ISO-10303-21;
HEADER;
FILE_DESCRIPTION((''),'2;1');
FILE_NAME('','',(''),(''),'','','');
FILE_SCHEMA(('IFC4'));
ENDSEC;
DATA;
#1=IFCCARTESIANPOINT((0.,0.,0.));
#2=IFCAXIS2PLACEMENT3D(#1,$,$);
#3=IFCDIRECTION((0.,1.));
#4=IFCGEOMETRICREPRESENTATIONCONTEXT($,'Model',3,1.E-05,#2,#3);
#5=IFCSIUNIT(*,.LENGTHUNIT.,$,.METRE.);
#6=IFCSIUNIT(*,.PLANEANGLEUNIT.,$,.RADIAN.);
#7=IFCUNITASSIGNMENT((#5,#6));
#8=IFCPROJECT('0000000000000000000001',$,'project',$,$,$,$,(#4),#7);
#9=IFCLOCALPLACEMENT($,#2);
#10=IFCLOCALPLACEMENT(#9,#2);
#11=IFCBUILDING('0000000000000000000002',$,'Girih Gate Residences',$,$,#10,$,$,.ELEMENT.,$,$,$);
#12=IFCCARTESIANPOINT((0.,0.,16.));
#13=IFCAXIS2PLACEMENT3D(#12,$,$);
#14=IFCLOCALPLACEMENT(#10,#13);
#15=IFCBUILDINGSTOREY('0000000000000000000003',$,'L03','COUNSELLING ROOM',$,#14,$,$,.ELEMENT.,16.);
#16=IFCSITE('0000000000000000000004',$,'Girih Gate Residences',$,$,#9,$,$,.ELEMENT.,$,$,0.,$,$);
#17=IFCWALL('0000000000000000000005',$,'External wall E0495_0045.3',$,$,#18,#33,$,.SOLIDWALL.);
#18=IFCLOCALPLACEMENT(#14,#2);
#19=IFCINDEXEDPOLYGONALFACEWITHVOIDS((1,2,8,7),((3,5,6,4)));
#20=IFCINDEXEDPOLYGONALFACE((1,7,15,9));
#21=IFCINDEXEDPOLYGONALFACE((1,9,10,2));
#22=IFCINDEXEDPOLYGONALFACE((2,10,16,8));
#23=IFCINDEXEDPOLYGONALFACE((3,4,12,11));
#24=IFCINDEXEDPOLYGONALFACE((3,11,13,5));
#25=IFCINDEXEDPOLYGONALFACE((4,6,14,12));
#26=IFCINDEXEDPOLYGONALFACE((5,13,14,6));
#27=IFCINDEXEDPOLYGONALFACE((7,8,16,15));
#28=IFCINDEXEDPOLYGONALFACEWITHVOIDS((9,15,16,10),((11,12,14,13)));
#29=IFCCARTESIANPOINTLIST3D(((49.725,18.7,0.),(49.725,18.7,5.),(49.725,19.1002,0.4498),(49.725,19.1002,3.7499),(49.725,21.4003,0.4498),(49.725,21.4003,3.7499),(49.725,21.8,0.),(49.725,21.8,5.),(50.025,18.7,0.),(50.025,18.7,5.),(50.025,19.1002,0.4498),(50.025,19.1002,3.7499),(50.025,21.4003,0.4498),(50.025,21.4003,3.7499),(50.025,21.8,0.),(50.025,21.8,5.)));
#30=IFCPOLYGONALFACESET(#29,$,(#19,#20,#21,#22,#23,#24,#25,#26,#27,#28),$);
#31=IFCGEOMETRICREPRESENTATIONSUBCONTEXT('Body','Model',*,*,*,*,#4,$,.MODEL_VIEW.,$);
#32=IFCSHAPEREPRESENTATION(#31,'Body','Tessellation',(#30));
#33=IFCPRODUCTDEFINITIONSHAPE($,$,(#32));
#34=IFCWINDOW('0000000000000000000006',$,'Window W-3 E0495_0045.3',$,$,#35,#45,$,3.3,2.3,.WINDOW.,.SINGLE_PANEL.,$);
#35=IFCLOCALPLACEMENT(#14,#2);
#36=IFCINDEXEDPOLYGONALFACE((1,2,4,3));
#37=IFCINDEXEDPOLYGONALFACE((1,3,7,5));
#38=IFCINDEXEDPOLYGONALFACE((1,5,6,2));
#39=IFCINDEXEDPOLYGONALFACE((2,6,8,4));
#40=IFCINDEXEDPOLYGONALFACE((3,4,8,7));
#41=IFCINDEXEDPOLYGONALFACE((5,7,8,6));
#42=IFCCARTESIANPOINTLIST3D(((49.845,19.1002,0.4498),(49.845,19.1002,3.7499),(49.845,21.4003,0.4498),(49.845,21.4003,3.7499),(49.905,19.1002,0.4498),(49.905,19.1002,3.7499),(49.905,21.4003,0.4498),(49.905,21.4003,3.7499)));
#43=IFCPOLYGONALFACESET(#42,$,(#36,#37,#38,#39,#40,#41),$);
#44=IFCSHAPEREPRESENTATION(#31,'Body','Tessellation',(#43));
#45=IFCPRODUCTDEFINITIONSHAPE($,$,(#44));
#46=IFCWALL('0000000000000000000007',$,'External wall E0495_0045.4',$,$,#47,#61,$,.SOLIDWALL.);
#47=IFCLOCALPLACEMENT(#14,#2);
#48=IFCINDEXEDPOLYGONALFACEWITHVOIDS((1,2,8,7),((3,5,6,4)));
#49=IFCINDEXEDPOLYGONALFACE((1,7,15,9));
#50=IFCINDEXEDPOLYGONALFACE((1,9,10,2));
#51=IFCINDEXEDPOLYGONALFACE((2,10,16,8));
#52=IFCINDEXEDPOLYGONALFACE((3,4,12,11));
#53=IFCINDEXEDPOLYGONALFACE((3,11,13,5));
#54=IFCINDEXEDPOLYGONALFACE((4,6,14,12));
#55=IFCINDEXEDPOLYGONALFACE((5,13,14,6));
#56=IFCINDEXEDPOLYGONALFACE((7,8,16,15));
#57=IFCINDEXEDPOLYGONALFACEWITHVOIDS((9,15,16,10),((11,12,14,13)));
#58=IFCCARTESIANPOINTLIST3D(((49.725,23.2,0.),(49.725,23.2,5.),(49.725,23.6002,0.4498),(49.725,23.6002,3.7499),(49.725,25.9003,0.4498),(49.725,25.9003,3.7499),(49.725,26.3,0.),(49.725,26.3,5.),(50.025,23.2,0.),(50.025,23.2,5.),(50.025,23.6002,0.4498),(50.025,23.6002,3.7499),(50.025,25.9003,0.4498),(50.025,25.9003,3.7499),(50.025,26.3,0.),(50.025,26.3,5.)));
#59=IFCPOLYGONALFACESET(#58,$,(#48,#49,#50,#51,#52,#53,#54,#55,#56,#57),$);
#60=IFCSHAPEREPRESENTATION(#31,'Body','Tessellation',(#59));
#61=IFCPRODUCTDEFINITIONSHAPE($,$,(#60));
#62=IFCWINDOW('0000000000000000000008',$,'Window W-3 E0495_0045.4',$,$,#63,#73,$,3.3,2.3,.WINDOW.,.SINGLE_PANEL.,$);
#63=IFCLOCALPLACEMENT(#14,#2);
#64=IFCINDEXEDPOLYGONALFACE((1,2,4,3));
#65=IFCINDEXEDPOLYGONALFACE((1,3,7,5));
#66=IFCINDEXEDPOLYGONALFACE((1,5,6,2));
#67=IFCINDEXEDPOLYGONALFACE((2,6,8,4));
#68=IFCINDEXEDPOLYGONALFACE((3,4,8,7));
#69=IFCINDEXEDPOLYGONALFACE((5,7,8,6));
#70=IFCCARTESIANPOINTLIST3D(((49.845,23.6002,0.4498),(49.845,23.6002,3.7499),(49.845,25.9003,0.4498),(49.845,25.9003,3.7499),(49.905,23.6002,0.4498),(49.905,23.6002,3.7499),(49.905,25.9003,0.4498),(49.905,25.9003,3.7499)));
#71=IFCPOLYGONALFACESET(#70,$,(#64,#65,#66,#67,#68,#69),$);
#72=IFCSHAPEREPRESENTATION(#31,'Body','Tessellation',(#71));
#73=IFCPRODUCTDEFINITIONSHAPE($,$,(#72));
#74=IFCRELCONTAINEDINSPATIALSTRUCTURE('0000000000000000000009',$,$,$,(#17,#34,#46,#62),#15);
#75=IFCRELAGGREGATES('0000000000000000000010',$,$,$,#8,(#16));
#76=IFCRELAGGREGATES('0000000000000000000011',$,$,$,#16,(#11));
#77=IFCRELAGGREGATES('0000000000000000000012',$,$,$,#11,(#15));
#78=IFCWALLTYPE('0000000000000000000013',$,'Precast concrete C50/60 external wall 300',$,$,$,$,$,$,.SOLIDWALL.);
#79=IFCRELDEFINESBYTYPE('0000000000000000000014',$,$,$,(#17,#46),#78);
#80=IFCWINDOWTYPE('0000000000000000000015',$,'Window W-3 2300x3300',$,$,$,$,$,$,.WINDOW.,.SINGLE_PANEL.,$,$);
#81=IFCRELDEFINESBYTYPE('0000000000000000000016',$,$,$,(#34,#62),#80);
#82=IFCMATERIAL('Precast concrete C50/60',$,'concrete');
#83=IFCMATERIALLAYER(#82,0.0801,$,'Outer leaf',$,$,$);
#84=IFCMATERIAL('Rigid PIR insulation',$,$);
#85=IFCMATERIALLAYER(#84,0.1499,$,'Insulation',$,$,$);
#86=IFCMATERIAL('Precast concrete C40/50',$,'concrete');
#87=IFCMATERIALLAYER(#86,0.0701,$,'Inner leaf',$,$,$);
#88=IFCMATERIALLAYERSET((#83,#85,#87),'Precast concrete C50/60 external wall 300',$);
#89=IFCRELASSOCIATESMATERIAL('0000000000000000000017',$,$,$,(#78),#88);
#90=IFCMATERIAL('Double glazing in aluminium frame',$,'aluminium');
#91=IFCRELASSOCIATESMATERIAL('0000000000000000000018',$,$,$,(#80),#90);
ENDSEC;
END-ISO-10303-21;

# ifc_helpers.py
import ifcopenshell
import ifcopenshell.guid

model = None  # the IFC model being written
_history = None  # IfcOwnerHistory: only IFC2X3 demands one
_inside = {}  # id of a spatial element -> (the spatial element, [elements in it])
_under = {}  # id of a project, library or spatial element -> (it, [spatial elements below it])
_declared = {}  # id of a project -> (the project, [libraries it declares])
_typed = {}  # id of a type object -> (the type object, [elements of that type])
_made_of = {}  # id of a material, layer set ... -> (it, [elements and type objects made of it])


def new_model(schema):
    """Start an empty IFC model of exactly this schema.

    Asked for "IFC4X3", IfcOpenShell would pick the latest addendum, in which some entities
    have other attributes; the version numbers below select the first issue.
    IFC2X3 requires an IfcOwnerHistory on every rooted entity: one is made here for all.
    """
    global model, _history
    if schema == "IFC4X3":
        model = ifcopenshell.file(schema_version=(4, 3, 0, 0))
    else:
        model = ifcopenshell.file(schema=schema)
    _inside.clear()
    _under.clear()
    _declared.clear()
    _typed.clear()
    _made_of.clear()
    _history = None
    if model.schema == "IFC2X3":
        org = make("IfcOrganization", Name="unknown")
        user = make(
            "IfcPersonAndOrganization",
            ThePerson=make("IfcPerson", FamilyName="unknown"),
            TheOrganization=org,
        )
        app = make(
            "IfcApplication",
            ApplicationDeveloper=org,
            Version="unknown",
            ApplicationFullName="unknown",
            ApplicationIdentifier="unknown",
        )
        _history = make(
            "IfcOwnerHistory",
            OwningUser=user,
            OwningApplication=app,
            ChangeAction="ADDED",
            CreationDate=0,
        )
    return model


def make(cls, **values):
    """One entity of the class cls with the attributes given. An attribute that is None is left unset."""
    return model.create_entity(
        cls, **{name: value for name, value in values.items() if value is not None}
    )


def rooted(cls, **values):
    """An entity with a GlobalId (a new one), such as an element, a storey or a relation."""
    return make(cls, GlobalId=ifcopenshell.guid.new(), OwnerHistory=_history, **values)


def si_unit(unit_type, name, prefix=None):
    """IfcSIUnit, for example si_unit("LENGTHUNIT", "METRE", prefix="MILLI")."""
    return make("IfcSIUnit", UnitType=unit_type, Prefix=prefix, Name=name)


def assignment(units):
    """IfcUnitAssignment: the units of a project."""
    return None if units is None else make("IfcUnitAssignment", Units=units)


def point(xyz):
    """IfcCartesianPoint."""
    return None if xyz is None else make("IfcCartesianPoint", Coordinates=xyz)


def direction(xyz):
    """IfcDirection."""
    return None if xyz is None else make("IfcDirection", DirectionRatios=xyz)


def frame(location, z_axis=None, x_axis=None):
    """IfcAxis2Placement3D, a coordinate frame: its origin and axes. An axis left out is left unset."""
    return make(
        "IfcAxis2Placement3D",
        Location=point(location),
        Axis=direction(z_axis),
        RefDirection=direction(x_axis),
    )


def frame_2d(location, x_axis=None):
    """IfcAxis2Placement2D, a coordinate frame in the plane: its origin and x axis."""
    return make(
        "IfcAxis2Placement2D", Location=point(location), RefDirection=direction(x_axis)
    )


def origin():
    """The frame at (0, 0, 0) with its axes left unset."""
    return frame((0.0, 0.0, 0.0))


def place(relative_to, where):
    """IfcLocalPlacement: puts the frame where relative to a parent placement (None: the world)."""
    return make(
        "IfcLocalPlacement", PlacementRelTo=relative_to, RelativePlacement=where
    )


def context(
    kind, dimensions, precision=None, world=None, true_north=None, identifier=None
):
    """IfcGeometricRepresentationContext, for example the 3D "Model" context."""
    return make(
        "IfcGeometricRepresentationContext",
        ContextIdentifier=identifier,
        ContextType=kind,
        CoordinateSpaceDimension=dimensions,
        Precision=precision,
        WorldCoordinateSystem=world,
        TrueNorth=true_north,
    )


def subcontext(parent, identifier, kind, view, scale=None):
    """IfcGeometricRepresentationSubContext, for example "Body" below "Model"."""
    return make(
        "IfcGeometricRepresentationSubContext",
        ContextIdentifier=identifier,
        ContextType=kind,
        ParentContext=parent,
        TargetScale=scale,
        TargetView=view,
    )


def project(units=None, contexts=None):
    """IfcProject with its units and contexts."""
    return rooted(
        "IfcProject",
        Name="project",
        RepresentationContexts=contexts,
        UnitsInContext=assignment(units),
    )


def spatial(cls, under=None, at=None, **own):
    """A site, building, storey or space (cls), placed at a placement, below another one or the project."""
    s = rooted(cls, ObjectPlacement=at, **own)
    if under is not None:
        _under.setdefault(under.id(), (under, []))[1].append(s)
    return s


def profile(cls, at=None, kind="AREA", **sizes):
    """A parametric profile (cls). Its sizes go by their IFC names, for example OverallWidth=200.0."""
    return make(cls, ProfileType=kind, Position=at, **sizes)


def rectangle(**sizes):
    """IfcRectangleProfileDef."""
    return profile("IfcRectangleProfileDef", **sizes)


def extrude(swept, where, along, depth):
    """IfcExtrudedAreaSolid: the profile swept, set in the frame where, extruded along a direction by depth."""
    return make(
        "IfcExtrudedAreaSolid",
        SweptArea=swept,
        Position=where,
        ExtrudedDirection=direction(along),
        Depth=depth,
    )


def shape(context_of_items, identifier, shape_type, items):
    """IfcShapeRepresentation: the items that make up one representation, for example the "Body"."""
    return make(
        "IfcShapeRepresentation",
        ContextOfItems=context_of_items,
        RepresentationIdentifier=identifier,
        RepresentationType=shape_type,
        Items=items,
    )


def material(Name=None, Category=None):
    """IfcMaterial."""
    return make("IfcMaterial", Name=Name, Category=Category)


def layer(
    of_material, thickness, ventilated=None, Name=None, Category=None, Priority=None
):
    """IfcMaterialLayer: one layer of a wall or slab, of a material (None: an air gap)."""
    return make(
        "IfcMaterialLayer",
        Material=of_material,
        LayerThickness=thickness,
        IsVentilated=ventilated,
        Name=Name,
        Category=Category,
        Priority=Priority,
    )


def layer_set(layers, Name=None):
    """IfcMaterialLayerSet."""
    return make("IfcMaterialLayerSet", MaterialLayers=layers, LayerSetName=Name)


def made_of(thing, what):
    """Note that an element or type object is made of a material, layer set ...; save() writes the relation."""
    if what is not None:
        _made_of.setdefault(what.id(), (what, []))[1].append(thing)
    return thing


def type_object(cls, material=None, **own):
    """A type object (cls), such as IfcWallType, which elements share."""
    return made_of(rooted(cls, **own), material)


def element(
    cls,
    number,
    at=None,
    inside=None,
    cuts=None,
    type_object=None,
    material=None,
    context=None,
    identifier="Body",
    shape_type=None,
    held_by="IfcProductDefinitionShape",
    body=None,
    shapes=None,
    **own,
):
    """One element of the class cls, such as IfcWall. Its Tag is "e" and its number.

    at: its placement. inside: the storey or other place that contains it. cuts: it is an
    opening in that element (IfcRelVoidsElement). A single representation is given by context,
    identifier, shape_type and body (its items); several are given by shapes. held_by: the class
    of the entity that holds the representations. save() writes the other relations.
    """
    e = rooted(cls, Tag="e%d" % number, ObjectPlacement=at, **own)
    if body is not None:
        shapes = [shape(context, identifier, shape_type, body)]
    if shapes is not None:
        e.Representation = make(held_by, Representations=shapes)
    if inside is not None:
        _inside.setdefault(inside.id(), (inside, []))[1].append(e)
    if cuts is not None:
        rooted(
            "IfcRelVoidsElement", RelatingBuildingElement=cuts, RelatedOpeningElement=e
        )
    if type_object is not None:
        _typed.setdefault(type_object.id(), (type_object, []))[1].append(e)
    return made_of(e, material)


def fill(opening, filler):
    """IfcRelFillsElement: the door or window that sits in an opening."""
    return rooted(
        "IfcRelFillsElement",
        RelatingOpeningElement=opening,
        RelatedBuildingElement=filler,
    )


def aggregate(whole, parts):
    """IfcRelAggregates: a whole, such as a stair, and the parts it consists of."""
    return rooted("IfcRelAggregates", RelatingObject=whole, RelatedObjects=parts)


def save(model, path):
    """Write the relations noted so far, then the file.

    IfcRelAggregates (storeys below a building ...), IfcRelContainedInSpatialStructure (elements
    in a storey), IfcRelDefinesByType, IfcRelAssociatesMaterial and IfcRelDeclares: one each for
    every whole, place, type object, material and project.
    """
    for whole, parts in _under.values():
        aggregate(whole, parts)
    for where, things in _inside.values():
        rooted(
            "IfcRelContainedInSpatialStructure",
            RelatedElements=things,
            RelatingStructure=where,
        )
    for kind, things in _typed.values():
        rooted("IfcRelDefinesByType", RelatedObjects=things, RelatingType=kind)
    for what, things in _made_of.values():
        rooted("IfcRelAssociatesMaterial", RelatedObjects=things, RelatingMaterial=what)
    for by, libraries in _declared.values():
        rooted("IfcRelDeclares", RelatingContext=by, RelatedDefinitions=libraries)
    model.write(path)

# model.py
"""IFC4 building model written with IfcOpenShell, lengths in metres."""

from ifc_helpers import new_model, si_unit, direction, frame, frame_2d, origin, place, context, subcontext, project, spatial, rectangle, extrude, material, layer, layer_set, type_object, element, fill, save


model = new_model("IFC4")

# Units and contexts
model_context = context("Model", 3, precision=1e-05, world=origin(), true_north=direction((0.0, 1.0)))
body_context = subcontext(model_context, "Body", "Model", "MODEL_VIEW")
ifc_project = project(units=[si_unit("LENGTHUNIT", "METRE"), si_unit("PLANEANGLEUNIT", "RADIAN")], contexts=[model_context])

# Site, building, storey
site_placement = place(None, origin())
site = spatial("IfcSite", under=ifc_project, at=site_placement, Name="Girih Gate Residences", CompositionType="ELEMENT", RefElevation=0.0)
building_placement = place(site_placement, origin())
building = spatial("IfcBuilding", under=site, at=building_placement, Name="Girih Gate Residences", CompositionType="ELEMENT")
storey_placement = place(building_placement, frame((0.0, 0.0, 16.0)))
storey = spatial("IfcBuildingStorey", under=building, at=storey_placement, Name="L03", Description="COUNSELLING ROOM", CompositionType="ELEMENT", Elevation=16.0)

# Walls, openings, windows
ifc_material_1 = material(Name="Precast concrete C50/60", Category="concrete")
ifc_layer_1 = layer(ifc_material_1, 0.0801, Name="Outer leaf")
ifc_material_2 = material(Name="Rigid PIR insulation")
ifc_layer_2 = layer(ifc_material_2, 0.1499, Name="Insulation")
ifc_material_3 = material(Name="Precast concrete C40/50", Category="concrete")
ifc_layer_3 = layer(ifc_material_3, 0.0701, Name="Inner leaf")
ifc_layer_set_1 = layer_set([ifc_layer_1, ifc_layer_2, ifc_layer_3], Name="Precast concrete C50/60 external wall 300")
wall_type_1 = type_object("IfcWallType", Name="Precast concrete C50/60 external wall 300", PredefinedType="SOLIDWALL", material=ifc_layer_set_1)
ifc_material_4 = material(Name="Double glazing in aluminium frame", Category="aluminium")
window_type = type_object("IfcWindowType", Name="Window W-3 2300x3300", PartitioningType="SINGLE_PANEL", PredefinedType="WINDOW", material=ifc_material_4)
wall_1_placement = place(storey_placement, frame((49.875, 21.8, 0.0), z_axis=(0.0, 0.0, 1.0), x_axis=(0.0, -1.0, 0.0)))
wall_1 = element("IfcWall", 1, at=wall_1_placement, inside=storey, type_object=wall_type_1, Name="External wall E0495_0045.3", PredefinedType="SOLIDWALL", context=body_context, shape_type="SweptSolid", body=[
    extrude(rectangle(XDim=3.1001, YDim=0.3, at=frame_2d((1.55, 0.0))), origin(), (0.0, 0.0, 1.0), 5.0),
])
opening_1_placement = place(wall_1_placement, frame((0.3999, 0.0, 0.45)))
opening_1 = element("IfcOpeningElement", 2, at=opening_1_placement, cuts=wall_1, PredefinedType="OPENING", context=body_context, shape_type="SweptSolid", body=[
    extrude(rectangle(XDim=2.3, YDim=3.3, at=frame_2d((1.1499, 1.6499))), frame((0.0, 0.1599, 0.0), z_axis=(0.0, -1.0, 0.0), x_axis=(1.0, 0.0, 0.0)), (0.0, 0.0, 1.0), 0.3201),
])
window_1_placement = place(opening_1_placement, origin())
window_1 = element("IfcWindow", 3, at=window_1_placement, inside=storey, type_object=window_type, Name="Window W-3 E0495_0045.3", OverallHeight=3.3, OverallWidth=2.3, PartitioningType="SINGLE_PANEL", PredefinedType="WINDOW", context=body_context, shape_type="SweptSolid", body=[
    extrude(rectangle(XDim=2.3, YDim=3.3, at=frame_2d((1.1499, 1.6499))), frame((0.0, 0.03, 0.0), z_axis=(0.0, -1.0, 0.0), x_axis=(1.0, 0.0, 0.0)), (0.0, 0.0, 1.0), 0.0601),
])
fill(opening_1, window_1)
wall_2_placement = place(storey_placement, frame((49.875, 26.3, 0.0), z_axis=(0.0, 0.0, 1.0), x_axis=(0.0, -1.0, 0.0)))
wall_2 = element("IfcWall", 4, at=wall_2_placement, inside=storey, type_object=wall_type_1, Name="External wall E0495_0045.4", PredefinedType="SOLIDWALL", context=body_context, shape_type="SweptSolid", body=[
    extrude(rectangle(XDim=3.1001, YDim=0.3, at=frame_2d((1.55, 0.0))), origin(), (0.0, 0.0, 1.0), 5.0),
])
opening_2_placement = place(wall_2_placement, frame((0.3999, 0.0, 0.45)))
opening_2 = element("IfcOpeningElement", 5, at=opening_2_placement, cuts=wall_2, PredefinedType="OPENING", context=body_context, shape_type="SweptSolid", body=[
    extrude(rectangle(XDim=2.3, YDim=3.3, at=frame_2d((1.1499, 1.6499))), frame((0.0, 0.1599, 0.0), z_axis=(0.0, -1.0, 0.0), x_axis=(1.0, 0.0, 0.0)), (0.0, 0.0, 1.0), 0.3201),
])
window_2_placement = place(opening_2_placement, origin())
window_2 = element("IfcWindow", 6, at=window_2_placement, inside=storey, type_object=window_type, Name="Window W-3 E0495_0045.4", OverallHeight=3.3, OverallWidth=2.3, PartitioningType="SINGLE_PANEL", PredefinedType="WINDOW", context=body_context, shape_type="SweptSolid", body=[
    extrude(rectangle(XDim=2.3, YDim=3.3, at=frame_2d((1.1499, 1.6499))), frame((0.0, 0.03, 0.0), z_axis=(0.0, -1.0, 0.0), x_axis=(1.0, 0.0, 0.0)), (0.0, 0.0, 1.0), 0.0601),
])
fill(opening_2, window_2)

save(model, "model.ifc")
